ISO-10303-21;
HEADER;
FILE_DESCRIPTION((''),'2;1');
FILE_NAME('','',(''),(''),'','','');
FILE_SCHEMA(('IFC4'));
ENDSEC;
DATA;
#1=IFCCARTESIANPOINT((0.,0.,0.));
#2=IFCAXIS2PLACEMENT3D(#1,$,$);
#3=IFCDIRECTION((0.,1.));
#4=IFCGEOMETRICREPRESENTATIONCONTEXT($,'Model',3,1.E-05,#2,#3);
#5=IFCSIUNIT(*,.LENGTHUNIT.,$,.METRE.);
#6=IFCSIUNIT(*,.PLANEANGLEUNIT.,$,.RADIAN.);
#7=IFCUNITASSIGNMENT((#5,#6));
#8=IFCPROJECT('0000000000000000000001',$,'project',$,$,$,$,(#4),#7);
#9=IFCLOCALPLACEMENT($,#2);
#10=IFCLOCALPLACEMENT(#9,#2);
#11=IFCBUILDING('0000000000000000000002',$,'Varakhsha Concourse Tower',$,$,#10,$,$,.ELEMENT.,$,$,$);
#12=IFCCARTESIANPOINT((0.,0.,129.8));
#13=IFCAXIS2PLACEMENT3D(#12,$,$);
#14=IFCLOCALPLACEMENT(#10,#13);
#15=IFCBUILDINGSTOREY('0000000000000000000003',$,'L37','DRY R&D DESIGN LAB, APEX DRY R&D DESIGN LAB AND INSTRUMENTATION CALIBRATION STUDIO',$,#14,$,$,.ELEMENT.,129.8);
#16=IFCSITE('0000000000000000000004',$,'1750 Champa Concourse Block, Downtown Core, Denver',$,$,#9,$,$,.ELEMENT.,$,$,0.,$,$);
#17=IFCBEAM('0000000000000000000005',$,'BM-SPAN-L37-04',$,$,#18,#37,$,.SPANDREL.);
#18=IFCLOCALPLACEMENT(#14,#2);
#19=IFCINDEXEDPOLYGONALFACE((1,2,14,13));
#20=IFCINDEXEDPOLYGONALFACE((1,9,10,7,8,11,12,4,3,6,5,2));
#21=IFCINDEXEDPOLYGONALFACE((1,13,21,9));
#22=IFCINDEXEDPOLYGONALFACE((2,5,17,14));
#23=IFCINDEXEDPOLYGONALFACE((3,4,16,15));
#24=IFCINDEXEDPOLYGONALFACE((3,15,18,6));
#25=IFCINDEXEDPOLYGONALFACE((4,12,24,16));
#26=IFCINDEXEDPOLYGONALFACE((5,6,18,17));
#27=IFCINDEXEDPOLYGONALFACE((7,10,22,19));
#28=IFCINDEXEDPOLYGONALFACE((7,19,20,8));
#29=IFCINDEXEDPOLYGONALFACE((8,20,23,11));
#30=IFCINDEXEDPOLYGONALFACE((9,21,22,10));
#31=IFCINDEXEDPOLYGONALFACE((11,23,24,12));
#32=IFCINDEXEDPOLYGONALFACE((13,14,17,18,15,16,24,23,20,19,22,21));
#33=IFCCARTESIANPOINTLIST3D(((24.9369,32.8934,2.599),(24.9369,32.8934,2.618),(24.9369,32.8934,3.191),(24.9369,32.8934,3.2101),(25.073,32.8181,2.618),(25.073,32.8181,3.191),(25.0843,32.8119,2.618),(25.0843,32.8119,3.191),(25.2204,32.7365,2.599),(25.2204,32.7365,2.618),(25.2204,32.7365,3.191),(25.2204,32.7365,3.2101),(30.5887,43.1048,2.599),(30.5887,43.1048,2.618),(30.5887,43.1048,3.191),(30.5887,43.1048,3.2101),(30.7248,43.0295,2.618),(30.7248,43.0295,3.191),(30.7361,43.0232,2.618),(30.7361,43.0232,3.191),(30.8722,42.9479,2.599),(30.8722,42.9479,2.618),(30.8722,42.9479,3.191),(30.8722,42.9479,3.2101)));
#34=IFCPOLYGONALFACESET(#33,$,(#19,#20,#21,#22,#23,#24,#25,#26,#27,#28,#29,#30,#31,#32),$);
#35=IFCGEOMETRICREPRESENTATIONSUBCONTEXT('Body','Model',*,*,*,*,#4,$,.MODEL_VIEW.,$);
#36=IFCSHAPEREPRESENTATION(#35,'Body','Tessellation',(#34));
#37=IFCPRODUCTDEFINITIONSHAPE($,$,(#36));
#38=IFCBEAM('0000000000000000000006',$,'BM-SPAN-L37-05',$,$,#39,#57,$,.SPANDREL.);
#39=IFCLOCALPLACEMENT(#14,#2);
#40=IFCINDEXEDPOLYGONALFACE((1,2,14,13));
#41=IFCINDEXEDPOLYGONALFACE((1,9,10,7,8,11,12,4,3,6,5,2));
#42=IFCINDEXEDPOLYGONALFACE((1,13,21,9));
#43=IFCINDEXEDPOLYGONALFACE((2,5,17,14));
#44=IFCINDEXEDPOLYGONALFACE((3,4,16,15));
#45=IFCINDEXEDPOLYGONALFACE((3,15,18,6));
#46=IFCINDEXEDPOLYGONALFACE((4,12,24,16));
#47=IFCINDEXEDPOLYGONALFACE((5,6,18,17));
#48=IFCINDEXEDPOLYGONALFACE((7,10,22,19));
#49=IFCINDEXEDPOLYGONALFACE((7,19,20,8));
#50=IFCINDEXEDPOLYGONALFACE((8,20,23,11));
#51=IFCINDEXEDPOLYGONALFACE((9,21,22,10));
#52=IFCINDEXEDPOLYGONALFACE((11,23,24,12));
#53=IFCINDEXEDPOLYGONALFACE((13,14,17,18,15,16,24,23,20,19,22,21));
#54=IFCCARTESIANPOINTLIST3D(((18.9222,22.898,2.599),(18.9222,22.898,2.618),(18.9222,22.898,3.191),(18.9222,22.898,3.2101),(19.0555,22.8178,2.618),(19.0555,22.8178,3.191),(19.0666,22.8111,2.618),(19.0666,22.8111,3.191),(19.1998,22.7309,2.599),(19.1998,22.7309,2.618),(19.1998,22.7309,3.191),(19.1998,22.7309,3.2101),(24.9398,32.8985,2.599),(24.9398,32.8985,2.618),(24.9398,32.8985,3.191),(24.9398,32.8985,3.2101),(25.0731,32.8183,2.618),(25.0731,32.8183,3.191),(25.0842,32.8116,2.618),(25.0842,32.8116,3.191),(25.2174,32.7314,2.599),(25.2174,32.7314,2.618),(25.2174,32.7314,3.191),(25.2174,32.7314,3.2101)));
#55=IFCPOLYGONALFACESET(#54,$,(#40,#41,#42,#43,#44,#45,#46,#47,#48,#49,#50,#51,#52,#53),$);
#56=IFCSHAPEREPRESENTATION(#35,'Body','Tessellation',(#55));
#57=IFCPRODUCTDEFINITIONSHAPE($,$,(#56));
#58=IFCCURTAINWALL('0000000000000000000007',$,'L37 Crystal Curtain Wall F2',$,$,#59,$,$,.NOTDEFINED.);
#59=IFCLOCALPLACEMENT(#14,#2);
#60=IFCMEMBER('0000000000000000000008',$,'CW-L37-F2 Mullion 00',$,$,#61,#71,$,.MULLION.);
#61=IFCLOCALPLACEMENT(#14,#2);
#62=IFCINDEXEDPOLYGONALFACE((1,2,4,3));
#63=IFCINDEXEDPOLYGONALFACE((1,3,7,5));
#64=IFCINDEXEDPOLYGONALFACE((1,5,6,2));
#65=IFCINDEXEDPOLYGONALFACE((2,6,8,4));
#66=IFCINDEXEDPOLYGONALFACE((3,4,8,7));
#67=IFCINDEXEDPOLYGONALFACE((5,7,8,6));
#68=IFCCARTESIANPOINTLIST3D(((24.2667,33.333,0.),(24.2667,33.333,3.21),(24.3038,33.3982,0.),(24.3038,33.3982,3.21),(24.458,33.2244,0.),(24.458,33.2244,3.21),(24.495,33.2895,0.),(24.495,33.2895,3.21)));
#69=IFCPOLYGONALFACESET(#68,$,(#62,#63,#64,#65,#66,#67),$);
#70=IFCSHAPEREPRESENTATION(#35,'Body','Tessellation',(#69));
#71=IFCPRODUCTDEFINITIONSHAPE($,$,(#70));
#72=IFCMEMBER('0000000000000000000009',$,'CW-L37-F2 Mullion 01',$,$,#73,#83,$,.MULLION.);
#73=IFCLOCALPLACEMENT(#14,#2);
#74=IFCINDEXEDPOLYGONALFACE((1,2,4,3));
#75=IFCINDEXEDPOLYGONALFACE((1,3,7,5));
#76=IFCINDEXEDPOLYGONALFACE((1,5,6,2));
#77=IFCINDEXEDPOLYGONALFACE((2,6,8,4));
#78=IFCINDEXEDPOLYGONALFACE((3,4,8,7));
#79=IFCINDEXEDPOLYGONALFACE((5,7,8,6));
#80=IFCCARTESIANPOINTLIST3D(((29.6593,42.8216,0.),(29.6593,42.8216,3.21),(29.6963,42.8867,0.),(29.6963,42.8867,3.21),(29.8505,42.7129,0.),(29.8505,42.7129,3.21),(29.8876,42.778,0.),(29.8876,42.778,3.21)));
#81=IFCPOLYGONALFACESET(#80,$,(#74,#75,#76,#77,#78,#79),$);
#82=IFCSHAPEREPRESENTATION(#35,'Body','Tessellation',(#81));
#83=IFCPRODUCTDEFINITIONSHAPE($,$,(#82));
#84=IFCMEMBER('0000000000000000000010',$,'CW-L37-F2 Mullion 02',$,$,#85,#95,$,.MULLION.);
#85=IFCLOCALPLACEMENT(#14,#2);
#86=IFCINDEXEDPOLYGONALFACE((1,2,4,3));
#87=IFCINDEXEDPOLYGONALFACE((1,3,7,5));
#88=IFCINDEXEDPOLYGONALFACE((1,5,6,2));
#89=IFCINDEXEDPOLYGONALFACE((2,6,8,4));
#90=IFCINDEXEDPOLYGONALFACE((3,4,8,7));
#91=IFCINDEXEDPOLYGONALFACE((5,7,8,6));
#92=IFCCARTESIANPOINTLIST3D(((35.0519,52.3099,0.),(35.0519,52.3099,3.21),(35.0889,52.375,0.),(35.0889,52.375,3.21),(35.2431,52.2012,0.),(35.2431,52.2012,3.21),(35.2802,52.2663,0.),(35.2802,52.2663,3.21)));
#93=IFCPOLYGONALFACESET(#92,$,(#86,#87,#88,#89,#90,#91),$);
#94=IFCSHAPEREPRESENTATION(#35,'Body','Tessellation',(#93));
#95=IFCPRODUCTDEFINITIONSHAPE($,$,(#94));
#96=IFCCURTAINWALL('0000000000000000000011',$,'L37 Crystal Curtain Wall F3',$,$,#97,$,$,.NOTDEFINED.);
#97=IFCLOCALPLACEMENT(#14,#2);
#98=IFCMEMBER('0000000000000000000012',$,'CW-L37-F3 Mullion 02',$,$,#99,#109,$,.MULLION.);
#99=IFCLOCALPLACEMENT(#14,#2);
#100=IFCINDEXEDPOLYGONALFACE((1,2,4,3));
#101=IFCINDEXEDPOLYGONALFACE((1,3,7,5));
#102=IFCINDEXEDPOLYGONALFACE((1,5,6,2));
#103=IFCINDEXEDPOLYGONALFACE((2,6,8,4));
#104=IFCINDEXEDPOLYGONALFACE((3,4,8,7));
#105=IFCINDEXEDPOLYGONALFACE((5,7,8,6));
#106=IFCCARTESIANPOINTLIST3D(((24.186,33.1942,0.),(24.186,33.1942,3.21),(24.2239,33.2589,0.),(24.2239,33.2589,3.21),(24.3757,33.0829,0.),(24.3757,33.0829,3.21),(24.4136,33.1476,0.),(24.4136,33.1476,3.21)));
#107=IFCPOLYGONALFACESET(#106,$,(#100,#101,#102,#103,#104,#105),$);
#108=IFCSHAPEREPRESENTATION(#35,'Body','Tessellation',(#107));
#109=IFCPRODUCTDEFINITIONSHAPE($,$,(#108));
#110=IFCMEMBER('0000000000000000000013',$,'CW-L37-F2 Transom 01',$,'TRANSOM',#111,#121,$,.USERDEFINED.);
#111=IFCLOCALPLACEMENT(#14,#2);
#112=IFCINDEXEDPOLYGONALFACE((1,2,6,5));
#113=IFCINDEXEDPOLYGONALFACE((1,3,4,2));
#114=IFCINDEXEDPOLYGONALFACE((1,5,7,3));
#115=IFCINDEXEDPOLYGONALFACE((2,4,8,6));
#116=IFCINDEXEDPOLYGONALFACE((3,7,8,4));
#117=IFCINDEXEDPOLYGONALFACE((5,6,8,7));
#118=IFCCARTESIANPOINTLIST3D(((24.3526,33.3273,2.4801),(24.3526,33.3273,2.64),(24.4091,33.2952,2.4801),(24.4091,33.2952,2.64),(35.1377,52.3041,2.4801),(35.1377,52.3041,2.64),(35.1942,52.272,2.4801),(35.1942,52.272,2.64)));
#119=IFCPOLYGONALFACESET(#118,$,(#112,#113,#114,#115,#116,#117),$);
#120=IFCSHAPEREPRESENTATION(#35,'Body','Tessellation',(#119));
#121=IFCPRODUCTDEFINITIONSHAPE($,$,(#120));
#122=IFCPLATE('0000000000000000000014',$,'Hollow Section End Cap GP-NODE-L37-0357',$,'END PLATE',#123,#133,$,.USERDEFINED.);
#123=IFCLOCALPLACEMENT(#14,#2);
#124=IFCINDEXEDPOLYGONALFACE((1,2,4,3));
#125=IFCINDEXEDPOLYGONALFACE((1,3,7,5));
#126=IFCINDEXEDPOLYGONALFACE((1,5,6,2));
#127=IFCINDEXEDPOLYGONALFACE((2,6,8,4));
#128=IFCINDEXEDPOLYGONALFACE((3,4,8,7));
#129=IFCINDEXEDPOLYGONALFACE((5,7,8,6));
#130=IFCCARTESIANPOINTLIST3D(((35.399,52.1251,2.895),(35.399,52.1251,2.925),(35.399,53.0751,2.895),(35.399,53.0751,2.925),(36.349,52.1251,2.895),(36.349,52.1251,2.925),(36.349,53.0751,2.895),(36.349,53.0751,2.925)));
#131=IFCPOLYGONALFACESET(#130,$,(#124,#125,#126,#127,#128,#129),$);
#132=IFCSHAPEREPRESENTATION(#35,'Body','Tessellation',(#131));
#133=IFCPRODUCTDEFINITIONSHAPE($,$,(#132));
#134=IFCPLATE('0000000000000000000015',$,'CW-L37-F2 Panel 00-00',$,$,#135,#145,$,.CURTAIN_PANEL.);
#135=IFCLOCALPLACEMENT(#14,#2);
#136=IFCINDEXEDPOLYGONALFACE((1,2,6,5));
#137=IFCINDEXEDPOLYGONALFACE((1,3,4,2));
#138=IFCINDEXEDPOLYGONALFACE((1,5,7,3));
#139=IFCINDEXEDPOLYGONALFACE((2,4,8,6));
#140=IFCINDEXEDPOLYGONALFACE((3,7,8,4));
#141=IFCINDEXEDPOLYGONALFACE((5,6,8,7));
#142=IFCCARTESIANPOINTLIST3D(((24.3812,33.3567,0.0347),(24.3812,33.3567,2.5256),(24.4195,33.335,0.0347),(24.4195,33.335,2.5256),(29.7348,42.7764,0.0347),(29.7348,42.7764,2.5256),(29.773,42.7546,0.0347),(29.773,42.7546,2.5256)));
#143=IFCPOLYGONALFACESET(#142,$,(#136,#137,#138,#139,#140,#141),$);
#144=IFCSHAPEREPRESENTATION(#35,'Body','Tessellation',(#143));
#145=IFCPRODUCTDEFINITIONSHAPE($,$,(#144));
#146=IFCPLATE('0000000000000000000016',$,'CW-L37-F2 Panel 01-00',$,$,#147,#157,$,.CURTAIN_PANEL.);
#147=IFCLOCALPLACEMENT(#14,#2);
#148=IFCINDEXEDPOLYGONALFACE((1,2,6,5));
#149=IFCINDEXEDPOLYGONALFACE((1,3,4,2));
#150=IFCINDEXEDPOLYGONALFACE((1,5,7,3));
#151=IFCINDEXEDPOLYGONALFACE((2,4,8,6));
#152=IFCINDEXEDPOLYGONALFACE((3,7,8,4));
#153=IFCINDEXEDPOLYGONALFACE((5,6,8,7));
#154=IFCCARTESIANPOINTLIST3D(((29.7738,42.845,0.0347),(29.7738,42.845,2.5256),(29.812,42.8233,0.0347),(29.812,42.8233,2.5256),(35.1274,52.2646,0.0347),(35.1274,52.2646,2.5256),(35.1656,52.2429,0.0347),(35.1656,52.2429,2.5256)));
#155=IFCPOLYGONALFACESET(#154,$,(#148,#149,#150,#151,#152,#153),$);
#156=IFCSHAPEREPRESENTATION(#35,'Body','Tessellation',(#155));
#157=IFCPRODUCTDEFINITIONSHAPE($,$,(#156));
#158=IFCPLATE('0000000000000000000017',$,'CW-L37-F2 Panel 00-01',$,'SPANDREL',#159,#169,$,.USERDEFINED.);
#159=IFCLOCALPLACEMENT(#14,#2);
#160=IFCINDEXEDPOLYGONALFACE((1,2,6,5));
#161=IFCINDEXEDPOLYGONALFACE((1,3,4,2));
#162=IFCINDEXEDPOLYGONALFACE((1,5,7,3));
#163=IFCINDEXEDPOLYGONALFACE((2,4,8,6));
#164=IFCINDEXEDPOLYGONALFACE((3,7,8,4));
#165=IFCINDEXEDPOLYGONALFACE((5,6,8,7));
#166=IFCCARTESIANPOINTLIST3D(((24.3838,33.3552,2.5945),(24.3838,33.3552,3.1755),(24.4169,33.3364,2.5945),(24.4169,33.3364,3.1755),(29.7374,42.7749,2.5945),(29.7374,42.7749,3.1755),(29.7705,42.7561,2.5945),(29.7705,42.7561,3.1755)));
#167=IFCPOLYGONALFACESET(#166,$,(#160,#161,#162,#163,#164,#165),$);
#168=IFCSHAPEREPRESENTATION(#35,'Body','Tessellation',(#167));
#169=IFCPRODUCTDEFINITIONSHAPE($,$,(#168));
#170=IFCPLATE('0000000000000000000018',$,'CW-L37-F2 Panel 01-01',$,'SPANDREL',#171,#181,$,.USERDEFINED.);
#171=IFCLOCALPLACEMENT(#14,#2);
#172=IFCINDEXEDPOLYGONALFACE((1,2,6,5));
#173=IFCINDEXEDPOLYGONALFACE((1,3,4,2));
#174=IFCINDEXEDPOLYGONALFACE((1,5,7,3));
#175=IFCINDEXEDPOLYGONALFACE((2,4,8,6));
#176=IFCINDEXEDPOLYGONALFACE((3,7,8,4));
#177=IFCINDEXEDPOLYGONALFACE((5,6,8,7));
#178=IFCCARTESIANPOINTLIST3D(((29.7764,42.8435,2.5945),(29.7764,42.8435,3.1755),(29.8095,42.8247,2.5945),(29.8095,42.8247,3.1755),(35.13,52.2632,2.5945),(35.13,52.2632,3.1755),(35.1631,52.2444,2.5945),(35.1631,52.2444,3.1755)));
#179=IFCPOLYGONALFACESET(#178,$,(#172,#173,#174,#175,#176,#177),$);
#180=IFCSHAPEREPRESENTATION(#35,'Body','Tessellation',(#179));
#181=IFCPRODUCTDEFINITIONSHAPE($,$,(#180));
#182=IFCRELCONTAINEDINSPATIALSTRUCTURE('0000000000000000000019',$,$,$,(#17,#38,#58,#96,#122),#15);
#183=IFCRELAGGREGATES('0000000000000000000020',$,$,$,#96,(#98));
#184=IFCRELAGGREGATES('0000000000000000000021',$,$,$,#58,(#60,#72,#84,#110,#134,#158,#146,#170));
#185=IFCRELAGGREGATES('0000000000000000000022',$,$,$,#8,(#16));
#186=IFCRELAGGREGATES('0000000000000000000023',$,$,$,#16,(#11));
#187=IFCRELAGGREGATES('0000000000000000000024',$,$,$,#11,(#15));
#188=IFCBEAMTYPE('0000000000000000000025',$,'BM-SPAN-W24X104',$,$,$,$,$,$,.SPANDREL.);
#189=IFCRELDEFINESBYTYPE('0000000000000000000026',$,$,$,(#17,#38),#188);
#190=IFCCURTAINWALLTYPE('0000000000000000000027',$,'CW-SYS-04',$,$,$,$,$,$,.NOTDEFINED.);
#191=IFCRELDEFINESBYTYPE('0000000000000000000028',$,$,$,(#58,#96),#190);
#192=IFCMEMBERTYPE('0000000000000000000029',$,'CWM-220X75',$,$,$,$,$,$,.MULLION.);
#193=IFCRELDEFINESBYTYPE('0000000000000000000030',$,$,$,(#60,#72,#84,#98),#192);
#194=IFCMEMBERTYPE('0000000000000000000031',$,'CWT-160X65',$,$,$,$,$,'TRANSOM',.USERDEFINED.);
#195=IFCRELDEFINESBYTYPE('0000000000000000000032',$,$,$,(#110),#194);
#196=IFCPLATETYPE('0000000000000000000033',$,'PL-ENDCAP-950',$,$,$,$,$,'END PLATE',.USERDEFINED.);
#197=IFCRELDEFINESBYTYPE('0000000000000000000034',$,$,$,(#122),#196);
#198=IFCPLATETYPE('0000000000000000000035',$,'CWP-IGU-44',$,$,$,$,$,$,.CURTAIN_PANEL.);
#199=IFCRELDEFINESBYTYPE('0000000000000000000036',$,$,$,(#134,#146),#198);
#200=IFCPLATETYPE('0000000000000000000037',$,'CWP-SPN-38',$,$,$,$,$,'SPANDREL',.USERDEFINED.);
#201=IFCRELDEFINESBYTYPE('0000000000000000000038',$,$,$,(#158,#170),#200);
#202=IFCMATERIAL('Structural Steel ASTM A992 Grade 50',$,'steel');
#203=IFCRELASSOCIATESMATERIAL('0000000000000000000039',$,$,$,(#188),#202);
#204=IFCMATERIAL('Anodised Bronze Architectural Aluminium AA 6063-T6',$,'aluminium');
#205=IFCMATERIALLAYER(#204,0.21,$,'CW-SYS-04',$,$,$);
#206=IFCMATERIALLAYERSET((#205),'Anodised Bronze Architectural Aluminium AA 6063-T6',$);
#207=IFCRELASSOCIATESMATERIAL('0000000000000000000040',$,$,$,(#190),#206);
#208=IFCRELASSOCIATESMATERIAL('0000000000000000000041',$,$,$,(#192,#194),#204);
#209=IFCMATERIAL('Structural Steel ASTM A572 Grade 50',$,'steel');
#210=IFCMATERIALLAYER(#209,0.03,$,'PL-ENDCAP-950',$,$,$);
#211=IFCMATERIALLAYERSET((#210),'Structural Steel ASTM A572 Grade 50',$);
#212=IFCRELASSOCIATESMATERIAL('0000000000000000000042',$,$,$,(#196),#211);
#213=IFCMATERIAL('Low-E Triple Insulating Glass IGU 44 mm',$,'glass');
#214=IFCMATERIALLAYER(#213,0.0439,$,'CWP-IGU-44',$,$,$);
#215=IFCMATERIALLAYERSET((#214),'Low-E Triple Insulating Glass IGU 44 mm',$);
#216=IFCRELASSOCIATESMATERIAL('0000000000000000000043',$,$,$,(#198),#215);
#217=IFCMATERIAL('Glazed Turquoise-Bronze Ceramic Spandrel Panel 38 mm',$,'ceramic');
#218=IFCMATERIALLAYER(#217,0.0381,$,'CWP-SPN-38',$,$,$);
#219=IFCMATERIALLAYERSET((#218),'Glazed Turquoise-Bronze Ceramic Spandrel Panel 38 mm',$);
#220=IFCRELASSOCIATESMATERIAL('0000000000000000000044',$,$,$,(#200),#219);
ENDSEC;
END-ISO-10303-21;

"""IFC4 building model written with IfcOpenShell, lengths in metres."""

from ifc_helpers import new_model, si_unit, direction, frame, origin, origin_2d, place, context, subcontext, project, spatial, rectangle, i_section, extrude, source, transform, mapped, material, layer, layer_set, material_profile, profile_set, type_object, type_shapes, element, aggregate, save


model = new_model("IFC4")

# Units and contexts
model_context = context("Model", 3, precision=1e-05, world=origin(), true_north=direction((0.0, 1.0)))
body_context = subcontext(model_context, "Body", "Model", "MODEL_VIEW")
ifc_project = project(units=[si_unit("LENGTHUNIT", "METRE"), si_unit("PLANEANGLEUNIT", "RADIAN")], contexts=[model_context])

# Site, building, storey
site_placement = place(None, origin())
site = spatial("IfcSite", under=ifc_project, at=site_placement, Name="1750 Champa Concourse Block, Downtown Core, Denver", CompositionType="ELEMENT", RefElevation=0.0)
building_placement = place(site_placement, origin())
building = spatial("IfcBuilding", under=site, at=building_placement, Name="Varakhsha Concourse Tower", CompositionType="ELEMENT")
storey_placement = place(building_placement, frame((0.0, 0.0, 129.8)))
storey = spatial("IfcBuildingStorey", under=building, at=storey_placement, Name="L37", Description="DRY R&D DESIGN LAB, APEX DRY R&D DESIGN LAB AND INSTRUMENTATION CALIBRATION STUDIO", CompositionType="ELEMENT", Elevation=129.8)

# Shared definitions
ifc_material_1 = material(Name="Structural Steel ASTM A992 Grade 50", Category="steel")
ifc_material_2 = material(Name="Structural Steel ASTM A572 Grade 50", Category="steel")

# Beams
ifc_material_profile_1 = material_profile(ifc_material_1, i_section(OverallWidth=0.324, OverallDepth=0.6111, WebThickness=0.0129, FlangeThickness=0.019, at=origin_2d()), Name="W24X104")
ifc_profile_set_1 = profile_set([ifc_material_profile_1], Name="Structural Steel ASTM A992 Grade 50")
beam_type_1 = type_object("IfcBeamType", Name="BM-SPAN-W24X104", PredefinedType="SPANDREL", material=ifc_profile_set_1)
beam_1_placement = place(storey_placement, frame((30.7305, 43.0264, 2.9045), z_axis=(-0.484257, -0.874926, 0.0), x_axis=(0.874926, -0.484257, 0.0)))
element("IfcBeam", 1, at=beam_1_placement, inside=storey, type_object=beam_type_1, Name="BM-SPAN-L37-04", PredefinedType="SPANDREL", context=body_context, shape_type="SweptSolid", body=[
    extrude(i_section(OverallWidth=0.324, OverallDepth=0.6111, WebThickness=0.0129, FlangeThickness=0.019, at=origin_2d()), origin(), (0.0, 0.0, 1.0), 11.6711),
])
beam_2_placement = place(storey_placement, frame((25.0786, 32.8149, 2.9045), z_axis=(-0.515584, -0.856839, 0.0), x_axis=(0.856839, -0.515584, 0.0)))
element("IfcBeam", 2, at=beam_2_placement, inside=storey, type_object=beam_type_1, Name="BM-SPAN-L37-05", PredefinedType="SPANDREL", context=body_context, shape_type="SweptSolid", body=[
    extrude(i_section(OverallWidth=0.324, OverallDepth=0.6111, WebThickness=0.0129, FlangeThickness=0.019, at=origin_2d()), origin(), (0.0, 0.0, 1.0), 11.6714),
])

# Curtain wall, members
ifc_material_3 = material(Name="Anodised Bronze Architectural Aluminium AA 6063-T6", Category="aluminium")
ifc_layer_1 = layer(ifc_material_3, 0.21, Name="CW-SYS-04")
ifc_layer_set_1 = layer_set([ifc_layer_1], Name="Anodised Bronze Architectural Aluminium AA 6063-T6")
curtain_wall_type = type_object("IfcCurtainWallType", Name="CW-SYS-04", PredefinedType="NOTDEFINED", material=ifc_layer_set_1)
curtain_wall_1_placement = place(storey_placement, origin())
curtain_wall_1 = element("IfcCurtainWall", 3, at=curtain_wall_1_placement, inside=storey, type_object=curtain_wall_type, Name="L37 Crystal Curtain Wall F2", PredefinedType="NOTDEFINED")
ifc_material_profile_2 = material_profile(ifc_material_3, rectangle(XDim=0.075, YDim=0.22, at=origin_2d()), Name="CWM-220X75")
ifc_profile_set_2 = profile_set([ifc_material_profile_2], Name="Anodised Bronze Architectural Aluminium AA 6063-T6")
member_type_1 = type_object("IfcMemberType", Name="CWM-220X75", PredefinedType="MULLION", material=ifc_profile_set_2)
shared_shape_1 = source(origin(), body_context, "Body", "SweptSolid", [
    extrude(rectangle(XDim=0.075, YDim=0.22, at=origin_2d()), origin(), (0.0, 0.0, 1.0), 3.21),
])
type_shapes(member_type_1, [shared_shape_1])
member_1_placement = place(storey_placement, frame((24.3809, 33.3113, 0.0), z_axis=(0.0, 0.0, 1.0), x_axis=(0.494115, 0.869397, 0.0)))
member_1 = element("IfcMember", 4, at=member_1_placement, type_object=member_type_1, Name="CW-L37-F2 Mullion 00", PredefinedType="MULLION", context=body_context, shape_type="MappedRepresentation", body=[
    mapped(shared_shape_1, transform((0.0, 0.0, 0.0), scale=1.0)),
])
member_2_placement = place(storey_placement, frame((29.7734, 42.7998, 0.0), z_axis=(0.0, 0.0, 1.0), x_axis=(0.494115, 0.869397, 0.0)))
member_2 = element("IfcMember", 5, at=member_2_placement, type_object=member_type_1, Name="CW-L37-F2 Mullion 01", PredefinedType="MULLION", context=body_context, shape_type="MappedRepresentation", body=[
    mapped(shared_shape_1, transform((0.0, 0.0, 0.0), scale=1.0)),
])
member_3_placement = place(storey_placement, frame((35.166, 52.2881, 0.0), z_axis=(0.0, 0.0, 1.0), x_axis=(0.494115, 0.869397, 0.0)))
member_3 = element("IfcMember", 6, at=member_3_placement, type_object=member_type_1, Name="CW-L37-F2 Mullion 02", PredefinedType="MULLION", context=body_context, shape_type="MappedRepresentation", body=[
    mapped(shared_shape_1, transform((0.0, 0.0, 0.0), scale=1.0)),
])

# Curtain wall, member
curtain_wall_2_placement = place(storey_placement, origin())
curtain_wall_2 = element("IfcCurtainWall", 7, at=curtain_wall_2_placement, inside=storey, type_object=curtain_wall_type, Name="L37 Crystal Curtain Wall F3", PredefinedType="NOTDEFINED")
member_4_placement = place(storey_placement, frame((24.2998, 33.1709, 0.0), z_axis=(0.0, 0.0, 1.0), x_axis=(0.505862, 0.862614, 0.0)))
member_4 = element("IfcMember", 8, at=member_4_placement, type_object=member_type_1, Name="CW-L37-F3 Mullion 02", PredefinedType="MULLION", context=body_context, shape_type="MappedRepresentation", body=[
    mapped(shared_shape_1, transform((0.0, 0.0, 0.0), scale=1.0)),
])
aggregate(curtain_wall_2, [member_4])

# Member
ifc_material_profile_3 = material_profile(ifc_material_3, rectangle(XDim=0.0649, YDim=0.1599, at=origin_2d()), Name="CWT-160X65")
ifc_profile_set_3 = profile_set([ifc_material_profile_3], Name="Anodised Bronze Architectural Aluminium AA 6063-T6")
member_type_2 = type_object("IfcMemberType", Name="CWT-160X65", ElementType="TRANSOM", PredefinedType="USERDEFINED", material=ifc_profile_set_3)
shared_shape_2 = source(origin(), body_context, "Body", "SweptSolid", [
    extrude(rectangle(XDim=0.0649, YDim=0.1599, at=origin_2d()), origin(), (0.0, 0.0, 1.0), 21.8274),
])
type_shapes(member_type_2, [shared_shape_2])
member_5_placement = place(storey_placement, frame((24.3809, 33.3113, 2.5601), z_axis=(0.494109, 0.8694, 0.0), x_axis=(-0.8694, 0.494109, 0.0)))
member_5 = element("IfcMember", 9, at=member_5_placement, type_object=member_type_2, Name="CW-L37-F2 Transom 01", ObjectType="TRANSOM", PredefinedType="USERDEFINED", context=body_context, shape_type="MappedRepresentation", body=[
    mapped(shared_shape_2, transform((0.0, 0.0, 0.0), scale=1.0)),
])

# Plates
ifc_layer_2 = layer(ifc_material_2, 0.03, Name="PL-ENDCAP-950")
ifc_layer_set_2 = layer_set([ifc_layer_2], Name="Structural Steel ASTM A572 Grade 50")
plate_type_1 = type_object("IfcPlateType", Name="PL-ENDCAP-950", ElementType="END PLATE", PredefinedType="USERDEFINED", material=ifc_layer_set_2)
shared_shape_3 = source(origin(), body_context, "Body", "SweptSolid", [
    extrude(rectangle(XDim=0.95, YDim=0.95, at=origin_2d()), origin(), (0.0, 0.0, 1.0), 0.03),
])
type_shapes(plate_type_1, [shared_shape_3])
plate_1_placement = place(storey_placement, frame((35.874, 52.6001, 2.895), z_axis=(0.0, 0.0, 1.0), x_axis=(1.0, 0.0, 0.0)))
element("IfcPlate", 10, at=plate_1_placement, inside=storey, type_object=plate_type_1, Name="Hollow Section End Cap GP-NODE-L37-0357", ObjectType="END PLATE", PredefinedType="USERDEFINED", context=body_context, shape_type="MappedRepresentation", body=[
    mapped(shared_shape_3, transform((0.0, 0.0, 0.0), scale=1.0)),
])
ifc_material_4 = material(Name="Low-E Triple Insulating Glass IGU 44 mm", Category="glass")
ifc_layer_3 = layer(ifc_material_4, 0.0439, Name="CWP-IGU-44")
ifc_layer_set_3 = layer_set([ifc_layer_3], Name="Low-E Triple Insulating Glass IGU 44 mm")
plate_type_2 = type_object("IfcPlateType", Name="CWP-IGU-44", PredefinedType="CURTAIN_PANEL", material=ifc_layer_set_3)
shared_shape_4 = source(origin(), body_context, "Body", "SweptSolid", [
    extrude(rectangle(XDim=10.8347, YDim=0.0439, at=origin_2d()), origin(), (0.0, 0.0, 1.0), 2.491),
])
type_shapes(plate_type_2, [shared_shape_4])
plate_2_placement = place(storey_placement, frame((27.0771, 38.0557, 0.0347), z_axis=(0.0, 0.0, 1.0), x_axis=(0.494115, 0.869397, 0.0)))
plate_2 = element("IfcPlate", 11, at=plate_2_placement, type_object=plate_type_2, Name="CW-L37-F2 Panel 00-00", PredefinedType="CURTAIN_PANEL", context=body_context, shape_type="MappedRepresentation", body=[
    mapped(shared_shape_4, transform((0.0, 0.0, 0.0), scale=1.0)),
])
plate_3_placement = place(storey_placement, frame((32.4697, 47.5439, 0.0347), z_axis=(0.0, 0.0, 1.0), x_axis=(0.494115, 0.869397, 0.0)))
plate_3 = element("IfcPlate", 12, at=plate_3_placement, type_object=plate_type_2, Name="CW-L37-F2 Panel 01-00", PredefinedType="CURTAIN_PANEL", context=body_context, shape_type="MappedRepresentation", body=[
    mapped(shared_shape_4, transform((0.0, 0.0, 0.0), scale=1.0)),
])
ifc_material_5 = material(Name="Glazed Turquoise-Bronze Ceramic Spandrel Panel 38 mm", Category="ceramic")
ifc_layer_4 = layer(ifc_material_5, 0.0381, Name="CWP-SPN-38")
ifc_layer_set_4 = layer_set([ifc_layer_4], Name="Glazed Turquoise-Bronze Ceramic Spandrel Panel 38 mm")
plate_type_3 = type_object("IfcPlateType", Name="CWP-SPN-38", ElementType="SPANDREL", PredefinedType="USERDEFINED", material=ifc_layer_set_4)
shared_shape_5 = source(origin(), body_context, "Body", "SweptSolid", [
    extrude(rectangle(XDim=10.8347, YDim=0.0381, at=origin_2d()), origin(), (0.0, 0.0, 1.0), 0.5811),
])
type_shapes(plate_type_3, [shared_shape_5])
plate_4_placement = place(storey_placement, frame((27.0771, 38.0557, 2.5945), z_axis=(0.0, 0.0, 1.0), x_axis=(0.494115, 0.869397, 0.0)))
plate_4 = element("IfcPlate", 13, at=plate_4_placement, type_object=plate_type_3, Name="CW-L37-F2 Panel 00-01", ObjectType="SPANDREL", PredefinedType="USERDEFINED", context=body_context, shape_type="MappedRepresentation", body=[
    mapped(shared_shape_5, transform((0.0, 0.0, 0.0), scale=1.0)),
])
plate_5_placement = place(storey_placement, frame((32.4697, 47.5439, 2.5945), z_axis=(0.0, 0.0, 1.0), x_axis=(0.494115, 0.869397, 0.0)))
plate_5 = element("IfcPlate", 14, at=plate_5_placement, type_object=plate_type_3, Name="CW-L37-F2 Panel 01-01", ObjectType="SPANDREL", PredefinedType="USERDEFINED", context=body_context, shape_type="MappedRepresentation", body=[
    mapped(shared_shape_5, transform((0.0, 0.0, 0.0), scale=1.0)),
])
aggregate(curtain_wall_1, [member_1, member_2, member_3, member_5, plate_2, plate_4, plate_3, plate_5])

save(model, "model.ifc")
